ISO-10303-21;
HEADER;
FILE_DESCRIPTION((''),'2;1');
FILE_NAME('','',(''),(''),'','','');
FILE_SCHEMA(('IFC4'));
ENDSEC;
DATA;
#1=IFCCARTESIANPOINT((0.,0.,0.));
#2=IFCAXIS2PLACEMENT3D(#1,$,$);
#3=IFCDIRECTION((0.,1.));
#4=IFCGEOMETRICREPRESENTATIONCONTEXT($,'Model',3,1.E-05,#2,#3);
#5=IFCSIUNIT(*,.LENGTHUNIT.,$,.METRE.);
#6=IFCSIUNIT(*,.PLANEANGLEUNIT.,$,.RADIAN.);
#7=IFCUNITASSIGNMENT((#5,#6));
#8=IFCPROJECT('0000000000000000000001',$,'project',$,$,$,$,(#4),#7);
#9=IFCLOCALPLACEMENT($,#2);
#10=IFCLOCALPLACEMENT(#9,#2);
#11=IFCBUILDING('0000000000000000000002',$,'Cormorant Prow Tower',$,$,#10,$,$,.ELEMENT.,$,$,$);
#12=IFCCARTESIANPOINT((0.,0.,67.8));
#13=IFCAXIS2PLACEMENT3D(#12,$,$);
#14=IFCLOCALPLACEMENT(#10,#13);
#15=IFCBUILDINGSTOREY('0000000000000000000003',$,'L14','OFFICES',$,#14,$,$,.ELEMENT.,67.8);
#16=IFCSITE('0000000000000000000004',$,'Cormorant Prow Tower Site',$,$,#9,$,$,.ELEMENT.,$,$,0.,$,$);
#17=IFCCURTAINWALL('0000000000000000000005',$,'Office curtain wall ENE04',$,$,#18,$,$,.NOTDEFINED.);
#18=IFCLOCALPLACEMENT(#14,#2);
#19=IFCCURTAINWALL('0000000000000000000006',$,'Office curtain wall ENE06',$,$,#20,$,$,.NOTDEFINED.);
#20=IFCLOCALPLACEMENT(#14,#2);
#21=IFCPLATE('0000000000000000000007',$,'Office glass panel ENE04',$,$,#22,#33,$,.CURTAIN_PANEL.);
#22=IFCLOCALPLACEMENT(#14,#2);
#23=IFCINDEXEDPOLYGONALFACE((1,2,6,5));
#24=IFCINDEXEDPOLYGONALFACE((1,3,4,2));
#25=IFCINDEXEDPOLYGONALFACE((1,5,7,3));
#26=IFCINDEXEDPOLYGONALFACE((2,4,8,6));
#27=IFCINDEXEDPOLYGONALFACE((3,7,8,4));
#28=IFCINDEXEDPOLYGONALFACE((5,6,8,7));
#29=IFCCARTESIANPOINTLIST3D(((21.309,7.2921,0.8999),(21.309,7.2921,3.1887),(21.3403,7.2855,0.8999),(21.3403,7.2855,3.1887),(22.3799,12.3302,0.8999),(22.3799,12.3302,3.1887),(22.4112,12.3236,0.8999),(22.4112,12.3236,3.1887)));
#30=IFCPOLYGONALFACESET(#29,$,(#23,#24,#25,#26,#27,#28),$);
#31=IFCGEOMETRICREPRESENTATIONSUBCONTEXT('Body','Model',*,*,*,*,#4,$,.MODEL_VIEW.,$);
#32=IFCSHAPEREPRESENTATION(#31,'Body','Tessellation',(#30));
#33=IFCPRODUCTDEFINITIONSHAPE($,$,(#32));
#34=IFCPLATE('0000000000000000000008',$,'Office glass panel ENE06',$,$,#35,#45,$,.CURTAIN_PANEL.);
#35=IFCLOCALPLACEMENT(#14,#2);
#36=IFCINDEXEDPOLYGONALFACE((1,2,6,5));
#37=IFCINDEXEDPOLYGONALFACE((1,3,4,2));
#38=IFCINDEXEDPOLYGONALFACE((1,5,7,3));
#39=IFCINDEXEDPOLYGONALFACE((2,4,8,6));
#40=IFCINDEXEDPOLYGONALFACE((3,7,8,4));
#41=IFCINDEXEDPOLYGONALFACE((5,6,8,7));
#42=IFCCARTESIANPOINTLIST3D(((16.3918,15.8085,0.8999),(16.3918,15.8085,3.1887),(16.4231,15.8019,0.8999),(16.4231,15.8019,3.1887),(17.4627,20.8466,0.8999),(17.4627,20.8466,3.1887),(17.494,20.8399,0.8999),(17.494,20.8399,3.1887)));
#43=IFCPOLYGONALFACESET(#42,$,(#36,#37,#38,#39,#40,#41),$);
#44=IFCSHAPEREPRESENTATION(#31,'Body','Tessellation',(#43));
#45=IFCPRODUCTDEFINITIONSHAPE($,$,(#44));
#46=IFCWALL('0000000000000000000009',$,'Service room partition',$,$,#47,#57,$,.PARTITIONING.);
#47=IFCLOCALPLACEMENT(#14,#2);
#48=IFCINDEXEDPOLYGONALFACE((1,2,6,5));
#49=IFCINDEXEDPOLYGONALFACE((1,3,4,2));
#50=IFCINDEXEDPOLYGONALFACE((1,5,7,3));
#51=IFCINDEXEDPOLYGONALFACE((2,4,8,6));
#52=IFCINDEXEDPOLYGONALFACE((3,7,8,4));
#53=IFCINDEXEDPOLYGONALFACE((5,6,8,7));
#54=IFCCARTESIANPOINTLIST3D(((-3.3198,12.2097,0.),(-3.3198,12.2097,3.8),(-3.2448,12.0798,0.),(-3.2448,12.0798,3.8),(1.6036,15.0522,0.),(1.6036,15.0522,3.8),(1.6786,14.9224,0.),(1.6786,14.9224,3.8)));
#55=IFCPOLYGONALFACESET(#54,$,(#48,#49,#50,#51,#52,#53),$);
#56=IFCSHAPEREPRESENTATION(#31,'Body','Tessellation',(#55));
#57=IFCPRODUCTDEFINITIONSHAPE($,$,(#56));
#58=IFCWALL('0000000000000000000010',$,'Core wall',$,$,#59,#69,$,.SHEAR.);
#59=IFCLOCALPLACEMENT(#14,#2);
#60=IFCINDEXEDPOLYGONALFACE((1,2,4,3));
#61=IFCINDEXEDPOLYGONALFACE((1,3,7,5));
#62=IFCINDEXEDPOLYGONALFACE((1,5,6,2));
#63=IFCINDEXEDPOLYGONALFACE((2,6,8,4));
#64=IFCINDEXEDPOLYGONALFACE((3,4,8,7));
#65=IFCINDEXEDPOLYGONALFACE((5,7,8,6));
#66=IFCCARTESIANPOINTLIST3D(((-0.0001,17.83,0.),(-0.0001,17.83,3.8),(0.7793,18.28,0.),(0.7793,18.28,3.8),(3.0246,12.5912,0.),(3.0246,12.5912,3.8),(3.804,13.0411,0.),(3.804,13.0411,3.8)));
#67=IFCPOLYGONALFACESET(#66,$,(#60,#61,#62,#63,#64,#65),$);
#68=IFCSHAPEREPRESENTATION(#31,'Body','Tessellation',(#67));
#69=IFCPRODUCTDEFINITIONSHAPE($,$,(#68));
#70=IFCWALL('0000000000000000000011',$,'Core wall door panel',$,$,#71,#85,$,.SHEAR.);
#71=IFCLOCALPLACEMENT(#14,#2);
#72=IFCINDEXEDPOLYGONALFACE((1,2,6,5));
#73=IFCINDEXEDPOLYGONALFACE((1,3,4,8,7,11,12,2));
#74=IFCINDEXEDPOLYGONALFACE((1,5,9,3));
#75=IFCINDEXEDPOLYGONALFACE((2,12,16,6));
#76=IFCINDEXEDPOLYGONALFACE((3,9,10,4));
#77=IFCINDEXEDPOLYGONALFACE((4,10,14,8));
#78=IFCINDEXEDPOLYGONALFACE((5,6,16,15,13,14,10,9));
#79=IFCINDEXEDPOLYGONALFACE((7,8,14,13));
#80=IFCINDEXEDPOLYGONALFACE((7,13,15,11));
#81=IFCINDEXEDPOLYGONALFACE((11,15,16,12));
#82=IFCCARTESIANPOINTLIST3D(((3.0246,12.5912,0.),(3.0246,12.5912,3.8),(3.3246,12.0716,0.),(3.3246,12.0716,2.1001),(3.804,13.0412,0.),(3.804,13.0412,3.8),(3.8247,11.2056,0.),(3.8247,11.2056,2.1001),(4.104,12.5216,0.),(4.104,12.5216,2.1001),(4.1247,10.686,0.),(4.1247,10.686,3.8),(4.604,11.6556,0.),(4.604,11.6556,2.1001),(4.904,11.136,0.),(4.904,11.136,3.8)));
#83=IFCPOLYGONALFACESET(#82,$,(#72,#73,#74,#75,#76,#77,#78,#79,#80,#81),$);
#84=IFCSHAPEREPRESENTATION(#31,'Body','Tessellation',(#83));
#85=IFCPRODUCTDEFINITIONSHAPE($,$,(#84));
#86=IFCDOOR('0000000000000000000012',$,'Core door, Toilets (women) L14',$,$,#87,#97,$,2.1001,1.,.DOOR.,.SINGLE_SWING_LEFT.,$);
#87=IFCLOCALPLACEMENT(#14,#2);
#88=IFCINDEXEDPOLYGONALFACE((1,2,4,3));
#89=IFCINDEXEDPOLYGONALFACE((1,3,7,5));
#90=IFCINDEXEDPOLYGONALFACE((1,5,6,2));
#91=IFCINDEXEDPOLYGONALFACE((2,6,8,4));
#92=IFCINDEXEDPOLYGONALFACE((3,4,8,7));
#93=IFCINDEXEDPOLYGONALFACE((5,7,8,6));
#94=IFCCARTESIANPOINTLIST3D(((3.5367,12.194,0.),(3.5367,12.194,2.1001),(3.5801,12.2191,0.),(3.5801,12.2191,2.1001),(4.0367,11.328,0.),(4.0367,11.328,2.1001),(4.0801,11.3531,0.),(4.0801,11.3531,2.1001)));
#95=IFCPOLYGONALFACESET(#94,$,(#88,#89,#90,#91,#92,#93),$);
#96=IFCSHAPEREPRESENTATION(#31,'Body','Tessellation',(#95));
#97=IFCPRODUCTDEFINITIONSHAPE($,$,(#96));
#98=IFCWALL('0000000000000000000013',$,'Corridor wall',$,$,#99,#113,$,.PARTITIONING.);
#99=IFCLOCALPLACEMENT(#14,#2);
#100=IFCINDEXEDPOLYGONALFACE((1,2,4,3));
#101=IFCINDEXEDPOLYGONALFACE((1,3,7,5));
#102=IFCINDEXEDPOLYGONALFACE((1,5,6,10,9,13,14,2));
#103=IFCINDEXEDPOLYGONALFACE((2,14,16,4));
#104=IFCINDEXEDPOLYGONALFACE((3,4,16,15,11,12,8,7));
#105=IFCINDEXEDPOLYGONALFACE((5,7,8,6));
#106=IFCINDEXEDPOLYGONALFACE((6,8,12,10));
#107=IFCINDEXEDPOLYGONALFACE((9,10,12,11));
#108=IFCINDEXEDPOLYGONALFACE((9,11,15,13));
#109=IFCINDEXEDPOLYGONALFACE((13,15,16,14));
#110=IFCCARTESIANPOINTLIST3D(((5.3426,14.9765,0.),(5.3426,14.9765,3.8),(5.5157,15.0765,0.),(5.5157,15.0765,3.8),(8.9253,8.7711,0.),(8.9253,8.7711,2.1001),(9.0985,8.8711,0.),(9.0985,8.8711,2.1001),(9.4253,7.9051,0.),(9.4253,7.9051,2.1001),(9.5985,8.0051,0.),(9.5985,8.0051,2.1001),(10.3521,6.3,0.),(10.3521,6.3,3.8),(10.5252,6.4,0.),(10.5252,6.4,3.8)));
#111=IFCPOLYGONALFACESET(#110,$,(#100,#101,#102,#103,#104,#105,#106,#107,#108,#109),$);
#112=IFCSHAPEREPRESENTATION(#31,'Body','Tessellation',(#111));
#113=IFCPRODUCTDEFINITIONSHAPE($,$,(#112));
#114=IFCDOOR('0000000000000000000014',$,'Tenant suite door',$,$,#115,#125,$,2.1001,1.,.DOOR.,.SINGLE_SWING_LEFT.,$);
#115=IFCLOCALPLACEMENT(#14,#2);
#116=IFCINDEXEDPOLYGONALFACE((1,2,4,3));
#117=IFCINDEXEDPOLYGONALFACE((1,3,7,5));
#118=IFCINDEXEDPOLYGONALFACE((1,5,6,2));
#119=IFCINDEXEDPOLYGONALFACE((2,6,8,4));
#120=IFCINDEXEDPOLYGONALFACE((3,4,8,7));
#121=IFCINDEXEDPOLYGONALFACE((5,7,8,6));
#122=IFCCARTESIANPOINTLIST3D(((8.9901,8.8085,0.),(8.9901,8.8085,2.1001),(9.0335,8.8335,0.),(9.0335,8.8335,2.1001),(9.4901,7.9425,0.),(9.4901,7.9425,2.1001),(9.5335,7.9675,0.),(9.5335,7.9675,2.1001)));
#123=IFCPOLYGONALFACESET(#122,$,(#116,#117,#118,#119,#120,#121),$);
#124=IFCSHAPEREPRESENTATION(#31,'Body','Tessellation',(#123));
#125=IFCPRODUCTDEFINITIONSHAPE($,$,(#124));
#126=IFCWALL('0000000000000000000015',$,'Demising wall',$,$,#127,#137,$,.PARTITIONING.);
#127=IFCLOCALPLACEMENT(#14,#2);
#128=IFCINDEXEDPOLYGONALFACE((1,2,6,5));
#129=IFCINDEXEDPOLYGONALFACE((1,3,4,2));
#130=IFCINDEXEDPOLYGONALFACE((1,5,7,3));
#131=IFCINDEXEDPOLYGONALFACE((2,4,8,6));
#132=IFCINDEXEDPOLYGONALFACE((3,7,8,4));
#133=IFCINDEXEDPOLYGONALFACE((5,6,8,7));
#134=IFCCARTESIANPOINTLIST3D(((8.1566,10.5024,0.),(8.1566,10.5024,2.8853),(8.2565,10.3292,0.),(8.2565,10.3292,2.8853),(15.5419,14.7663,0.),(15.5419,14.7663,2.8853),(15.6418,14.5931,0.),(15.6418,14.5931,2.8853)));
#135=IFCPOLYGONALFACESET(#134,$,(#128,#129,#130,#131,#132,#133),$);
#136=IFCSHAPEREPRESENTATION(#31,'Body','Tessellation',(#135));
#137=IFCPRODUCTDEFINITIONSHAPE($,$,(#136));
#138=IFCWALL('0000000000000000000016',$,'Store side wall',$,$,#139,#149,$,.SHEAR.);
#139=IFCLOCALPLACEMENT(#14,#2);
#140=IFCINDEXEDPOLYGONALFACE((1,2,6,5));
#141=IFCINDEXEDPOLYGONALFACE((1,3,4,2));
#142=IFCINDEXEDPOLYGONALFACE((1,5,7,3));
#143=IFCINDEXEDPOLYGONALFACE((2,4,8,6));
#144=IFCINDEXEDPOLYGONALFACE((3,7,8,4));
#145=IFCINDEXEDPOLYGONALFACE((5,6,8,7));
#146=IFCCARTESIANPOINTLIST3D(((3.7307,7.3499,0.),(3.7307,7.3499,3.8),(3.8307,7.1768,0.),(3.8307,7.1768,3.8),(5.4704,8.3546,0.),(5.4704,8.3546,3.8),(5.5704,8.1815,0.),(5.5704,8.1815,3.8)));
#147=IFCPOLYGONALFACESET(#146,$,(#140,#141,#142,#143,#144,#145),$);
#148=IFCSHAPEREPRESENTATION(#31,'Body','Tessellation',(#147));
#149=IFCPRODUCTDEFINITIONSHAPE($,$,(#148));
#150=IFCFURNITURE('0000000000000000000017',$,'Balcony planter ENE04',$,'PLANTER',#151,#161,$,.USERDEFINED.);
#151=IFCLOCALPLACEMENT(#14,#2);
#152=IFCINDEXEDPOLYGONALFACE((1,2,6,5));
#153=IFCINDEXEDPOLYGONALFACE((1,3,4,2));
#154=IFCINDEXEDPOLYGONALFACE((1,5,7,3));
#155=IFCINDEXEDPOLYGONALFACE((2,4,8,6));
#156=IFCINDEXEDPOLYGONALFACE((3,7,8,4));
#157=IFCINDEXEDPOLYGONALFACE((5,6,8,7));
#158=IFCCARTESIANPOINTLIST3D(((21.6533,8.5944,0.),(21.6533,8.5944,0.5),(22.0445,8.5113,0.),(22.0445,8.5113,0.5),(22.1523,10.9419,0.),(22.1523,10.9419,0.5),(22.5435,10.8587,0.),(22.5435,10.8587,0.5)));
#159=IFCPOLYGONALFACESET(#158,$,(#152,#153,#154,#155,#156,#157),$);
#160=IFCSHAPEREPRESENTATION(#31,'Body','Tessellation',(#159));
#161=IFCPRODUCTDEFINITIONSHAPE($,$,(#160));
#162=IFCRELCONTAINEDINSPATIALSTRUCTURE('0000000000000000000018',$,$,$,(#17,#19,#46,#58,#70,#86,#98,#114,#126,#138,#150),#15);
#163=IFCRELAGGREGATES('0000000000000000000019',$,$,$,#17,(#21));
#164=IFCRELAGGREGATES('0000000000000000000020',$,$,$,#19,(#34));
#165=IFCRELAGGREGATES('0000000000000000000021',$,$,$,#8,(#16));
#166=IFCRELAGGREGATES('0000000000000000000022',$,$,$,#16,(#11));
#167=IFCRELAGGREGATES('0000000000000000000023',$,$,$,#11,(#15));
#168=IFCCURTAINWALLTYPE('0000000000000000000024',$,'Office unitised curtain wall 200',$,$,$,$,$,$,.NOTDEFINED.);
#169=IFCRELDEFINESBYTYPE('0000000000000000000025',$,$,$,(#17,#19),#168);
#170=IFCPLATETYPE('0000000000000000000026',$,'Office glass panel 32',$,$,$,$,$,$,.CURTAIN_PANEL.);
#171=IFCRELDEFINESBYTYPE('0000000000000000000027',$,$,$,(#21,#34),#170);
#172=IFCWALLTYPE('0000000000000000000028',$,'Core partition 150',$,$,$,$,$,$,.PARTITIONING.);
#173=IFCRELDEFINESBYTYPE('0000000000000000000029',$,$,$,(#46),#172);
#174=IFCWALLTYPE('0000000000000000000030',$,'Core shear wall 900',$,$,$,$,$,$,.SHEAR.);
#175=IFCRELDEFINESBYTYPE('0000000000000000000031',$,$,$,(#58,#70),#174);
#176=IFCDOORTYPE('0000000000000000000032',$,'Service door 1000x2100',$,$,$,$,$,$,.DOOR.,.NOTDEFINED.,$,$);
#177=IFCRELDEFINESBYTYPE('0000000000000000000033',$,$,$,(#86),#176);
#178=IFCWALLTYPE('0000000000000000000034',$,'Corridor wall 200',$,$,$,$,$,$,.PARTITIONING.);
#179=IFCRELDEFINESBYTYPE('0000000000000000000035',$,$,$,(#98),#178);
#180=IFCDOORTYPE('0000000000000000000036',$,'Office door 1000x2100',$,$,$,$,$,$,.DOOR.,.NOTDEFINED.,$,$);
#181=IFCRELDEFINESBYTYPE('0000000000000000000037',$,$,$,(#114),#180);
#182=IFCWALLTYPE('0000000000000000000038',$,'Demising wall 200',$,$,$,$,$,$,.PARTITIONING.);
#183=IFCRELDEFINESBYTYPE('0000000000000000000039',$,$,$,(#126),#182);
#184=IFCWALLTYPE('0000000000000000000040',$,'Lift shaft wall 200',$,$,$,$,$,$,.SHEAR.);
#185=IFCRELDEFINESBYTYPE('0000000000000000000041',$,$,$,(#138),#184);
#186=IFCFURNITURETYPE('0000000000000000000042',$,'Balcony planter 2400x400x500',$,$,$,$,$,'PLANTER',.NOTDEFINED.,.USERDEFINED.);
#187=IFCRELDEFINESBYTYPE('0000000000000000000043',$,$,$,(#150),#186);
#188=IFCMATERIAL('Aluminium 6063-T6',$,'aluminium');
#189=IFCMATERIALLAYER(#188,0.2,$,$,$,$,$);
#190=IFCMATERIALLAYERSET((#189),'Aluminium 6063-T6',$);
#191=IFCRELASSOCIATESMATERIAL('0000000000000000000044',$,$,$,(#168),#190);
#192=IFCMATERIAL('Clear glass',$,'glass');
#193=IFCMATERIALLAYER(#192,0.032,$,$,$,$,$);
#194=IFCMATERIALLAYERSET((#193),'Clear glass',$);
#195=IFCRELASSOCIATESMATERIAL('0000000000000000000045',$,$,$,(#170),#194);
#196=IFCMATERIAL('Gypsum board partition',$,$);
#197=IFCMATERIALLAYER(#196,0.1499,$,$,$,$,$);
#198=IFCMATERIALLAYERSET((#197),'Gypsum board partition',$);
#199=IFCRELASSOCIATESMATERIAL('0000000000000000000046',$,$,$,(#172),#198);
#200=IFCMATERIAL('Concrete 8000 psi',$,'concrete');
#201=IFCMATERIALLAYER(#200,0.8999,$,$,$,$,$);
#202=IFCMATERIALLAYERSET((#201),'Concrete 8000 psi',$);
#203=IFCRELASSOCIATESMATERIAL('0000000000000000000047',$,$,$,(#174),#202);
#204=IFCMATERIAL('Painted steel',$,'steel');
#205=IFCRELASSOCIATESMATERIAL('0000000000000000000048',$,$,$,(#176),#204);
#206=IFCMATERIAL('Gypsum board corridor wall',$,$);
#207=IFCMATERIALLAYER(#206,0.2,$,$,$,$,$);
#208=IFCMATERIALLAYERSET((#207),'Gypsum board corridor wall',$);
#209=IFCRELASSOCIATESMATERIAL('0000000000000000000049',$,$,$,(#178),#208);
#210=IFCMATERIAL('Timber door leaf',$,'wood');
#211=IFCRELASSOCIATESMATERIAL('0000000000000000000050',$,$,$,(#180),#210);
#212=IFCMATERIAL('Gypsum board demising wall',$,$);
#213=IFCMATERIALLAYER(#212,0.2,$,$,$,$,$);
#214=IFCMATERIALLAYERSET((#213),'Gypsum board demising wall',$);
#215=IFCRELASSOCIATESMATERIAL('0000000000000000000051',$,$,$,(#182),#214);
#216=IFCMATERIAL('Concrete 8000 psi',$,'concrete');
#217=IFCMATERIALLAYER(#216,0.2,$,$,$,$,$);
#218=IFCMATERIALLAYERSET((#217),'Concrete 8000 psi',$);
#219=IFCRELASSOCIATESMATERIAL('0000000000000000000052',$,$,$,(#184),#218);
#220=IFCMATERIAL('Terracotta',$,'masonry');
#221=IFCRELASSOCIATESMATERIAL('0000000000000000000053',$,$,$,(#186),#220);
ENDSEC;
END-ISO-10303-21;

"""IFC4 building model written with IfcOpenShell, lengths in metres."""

from ifc_helpers import new_model, si_unit, direction, frame, frame_2d, origin, origin_2d, place, context, subcontext, project, spatial, rectangle, extrude, material, layer, layer_set, type_object, element, fill, aggregate, save


model = new_model("IFC4")

# Units and contexts
model_context = context("Model", 3, precision=1e-05, world=origin(), true_north=direction((0.0, 1.0)))
body_context = subcontext(model_context, "Body", "Model", "MODEL_VIEW")
ifc_project = project(units=[si_unit("LENGTHUNIT", "METRE"), si_unit("PLANEANGLEUNIT", "RADIAN")], contexts=[model_context])

# Site, building, storey
site_placement = place(None, origin())
site = spatial("IfcSite", under=ifc_project, at=site_placement, Name="Cormorant Prow Tower Site", CompositionType="ELEMENT", RefElevation=0.0)
building_placement = place(site_placement, origin())
building = spatial("IfcBuilding", under=site, at=building_placement, Name="Cormorant Prow Tower", CompositionType="ELEMENT")
storey_placement = place(building_placement, frame((0.0, 0.0, 67.8)))
storey = spatial("IfcBuildingStorey", under=building, at=storey_placement, Name="L14", Description="OFFICES", CompositionType="ELEMENT", Elevation=67.8)

# Curtain walls
ifc_material_1 = material(Name="Aluminium 6063-T6", Category="aluminium")
ifc_layer_1 = layer(ifc_material_1, 0.2)
ifc_layer_set_1 = layer_set([ifc_layer_1], Name="Aluminium 6063-T6")
curtain_wall_type = type_object("IfcCurtainWallType", Name="Office unitised curtain wall 200", PredefinedType="NOTDEFINED", material=ifc_layer_set_1)
curtain_wall_1_placement = place(storey_placement, origin())
curtain_wall_1 = element("IfcCurtainWall", 1, at=curtain_wall_1_placement, inside=storey, type_object=curtain_wall_type, Name="Office curtain wall ENE04", PredefinedType="NOTDEFINED")
curtain_wall_2_placement = place(storey_placement, origin())
curtain_wall_2 = element("IfcCurtainWall", 2, at=curtain_wall_2_placement, inside=storey, type_object=curtain_wall_type, Name="Office curtain wall ENE06", PredefinedType="NOTDEFINED")

# Plates
ifc_material_2 = material(Name="Clear glass", Category="glass")
ifc_layer_2 = layer(ifc_material_2, 0.032)
ifc_layer_set_2 = layer_set([ifc_layer_2], Name="Clear glass")
plate_type = type_object("IfcPlateType", Name="Office glass panel 32", PredefinedType="CURTAIN_PANEL", material=ifc_layer_set_2)
plate_1_placement = place(storey_placement, frame((21.8601, 9.8079, 0.8999), z_axis=(0.0, 0.0, 1.0), x_axis=(0.207912, 0.978148, 0.0)))
plate_1 = element("IfcPlate", 3, at=plate_1_placement, type_object=plate_type, Name="Office glass panel ENE04", PredefinedType="CURTAIN_PANEL", context=body_context, shape_type="SweptSolid", body=[
    extrude(rectangle(XDim=5.1506, YDim=0.032, at=origin_2d()), origin(), (0.0, 0.0, 1.0), 2.2888),
])
aggregate(curtain_wall_1, [plate_1])
plate_2_placement = place(storey_placement, frame((16.9429, 18.3242, 0.8999), z_axis=(0.0, 0.0, 1.0), x_axis=(0.207912, 0.978148, 0.0)))
plate_2 = element("IfcPlate", 4, at=plate_2_placement, type_object=plate_type, Name="Office glass panel ENE06", PredefinedType="CURTAIN_PANEL", context=body_context, shape_type="SweptSolid", body=[
    extrude(rectangle(XDim=5.1506, YDim=0.032, at=origin_2d()), origin(), (0.0, 0.0, 1.0), 2.2888),
])
aggregate(curtain_wall_2, [plate_2])

# Walls
ifc_material_3 = material(Name="Gypsum board partition")
ifc_layer_3 = layer(ifc_material_3, 0.1499)
ifc_layer_set_3 = layer_set([ifc_layer_3], Name="Gypsum board partition")
wall_type_1 = type_object("IfcWallType", Name="Core partition 150", PredefinedType="PARTITIONING", material=ifc_layer_set_3)
wall_1_placement = place(storey_placement, frame((1.6411, 14.9873, 0.0), z_axis=(0.0, 0.0, 1.0), x_axis=(-0.866023, -0.500005, 0.0)))
element("IfcWall", 5, at=wall_1_placement, inside=storey, type_object=wall_type_1, Name="Service room partition", PredefinedType="PARTITIONING", context=body_context, shape_type="SweptSolid", body=[
    extrude(rectangle(XDim=5.6851, YDim=0.1499, at=frame_2d((2.8425, 0.0))), origin(), (0.0, 0.0, 1.0), 3.8),
])
ifc_material_4 = material(Name="Concrete 8000 psi", Category="concrete")
ifc_layer_4 = layer(ifc_material_4, 0.8999)
ifc_layer_set_4 = layer_set([ifc_layer_4], Name="Concrete 8000 psi")
wall_type_2 = type_object("IfcWallType", Name="Core shear wall 900", PredefinedType="SHEAR", material=ifc_layer_set_4)
wall_2_placement = place(storey_placement, frame((3.4143, 12.8162, 0.0), z_axis=(0.0, 0.0, 1.0), x_axis=(-0.500007, 0.866022, 0.0)))
element("IfcWall", 6, at=wall_2_placement, inside=storey, type_object=wall_type_2, Name="Core wall", PredefinedType="SHEAR", context=body_context, shape_type="SweptSolid", body=[
    extrude(rectangle(XDim=6.0493, YDim=0.8999, at=frame_2d((3.0247, 0.0))), origin(), (0.0, 0.0, 1.0), 3.8),
])

# Walls, openings, doors
wall_3_placement = place(storey_placement, frame((4.5144, 10.9109, 0.0), z_axis=(0.0, 0.0, 1.0), x_axis=(-0.50003, 0.866008, 0.0)))
wall_3 = element("IfcWall", 7, at=wall_3_placement, inside=storey, type_object=wall_type_2, Name="Core wall door panel", PredefinedType="SHEAR", context=body_context, shape_type="SweptSolid", body=[
    extrude(rectangle(XDim=2.2, YDim=0.8999, at=frame_2d((1.1001, 0.0))), origin(), (0.0, 0.0, 1.0), 3.8),
])
opening_1_placement = place(wall_3_placement, frame((0.6001, 0.0, 0.0)))
opening_1 = element("IfcOpeningElement", 8, at=opening_1_placement, cuts=wall_3, PredefinedType="OPENING", context=body_context, shape_type="SweptSolid", body=[
    extrude(rectangle(XDim=1.0, YDim=2.1001, at=frame_2d((0.5, 1.05))), frame((0.0, 0.46, 0.0), z_axis=(0.0, -1.0, 0.0), x_axis=(1.0, 0.0, 0.0)), (0.0, 0.0, 1.0), 0.9199),
])
ifc_material_5 = material(Name="Painted steel", Category="steel")
door_type_1 = type_object("IfcDoorType", Name="Service door 1000x2100", OperationType="NOTDEFINED", PredefinedType="DOOR", material=ifc_material_5)
door_1_placement = place(opening_1_placement, origin())
door_1 = element("IfcDoor", 9, at=door_1_placement, inside=storey, type_object=door_type_1, Name="Core door, Toilets (women) L14", OperationType="SINGLE_SWING_LEFT", OverallHeight=2.1001, OverallWidth=1.0, PredefinedType="DOOR", context=body_context, shape_type="SweptSolid", body=[
    extrude(rectangle(XDim=1.0, YDim=2.1001, at=frame_2d((0.5, 1.05))), frame((0.0, 0.2051, 0.0), z_axis=(0.0, -1.0, 0.0), x_axis=(1.0, 0.0, 0.0)), (0.0, 0.0, 1.0), 0.05),
])
fill(opening_1, door_1)
ifc_material_6 = material(Name="Gypsum board corridor wall")
ifc_layer_5 = layer(ifc_material_6, 0.2)
ifc_layer_set_5 = layer_set([ifc_layer_5], Name="Gypsum board corridor wall")
wall_type_3 = type_object("IfcWallType", Name="Corridor wall 200", PredefinedType="PARTITIONING", material=ifc_layer_set_5)
wall_4_placement = place(storey_placement, frame((5.4292, 15.0264, 0.0), z_axis=(0.0, 0.0, 1.0), x_axis=(0.50001, -0.86602, 0.0)))
wall_4 = element("IfcWall", 10, at=wall_4_placement, inside=storey, type_object=wall_type_3, Name="Corridor wall", PredefinedType="PARTITIONING", context=body_context, shape_type="SweptSolid", body=[
    extrude(rectangle(XDim=10.0188, YDim=0.2, at=frame_2d((5.0093, 0.0))), origin(), (0.0, 0.0, 1.0), 3.8),
])
opening_2_placement = place(wall_4_placement, frame((7.1653, 0.0, 0.0)))
opening_2 = element("IfcOpeningElement", 11, at=opening_2_placement, cuts=wall_4, PredefinedType="OPENING", context=body_context, shape_type="SweptSolid", body=[
    extrude(rectangle(XDim=1.0, YDim=2.1001, at=frame_2d((0.5, 1.05))), frame((0.0, 0.1099, 0.0), z_axis=(0.0, -1.0, 0.0), x_axis=(1.0, 0.0, 0.0)), (0.0, 0.0, 1.0), 0.22),
])
ifc_material_7 = material(Name="Timber door leaf", Category="wood")
door_type_2 = type_object("IfcDoorType", Name="Office door 1000x2100", OperationType="NOTDEFINED", PredefinedType="DOOR", material=ifc_material_7)
door_2_placement = place(opening_2_placement, origin())
door_2 = element("IfcDoor", 12, at=door_2_placement, inside=storey, type_object=door_type_2, Name="Tenant suite door", OperationType="SINGLE_SWING_LEFT", OverallHeight=2.1001, OverallWidth=1.0, PredefinedType="DOOR", context=body_context, shape_type="SweptSolid", body=[
    extrude(rectangle(XDim=1.0, YDim=2.1001, at=frame_2d((0.5, 1.05))), frame((0.0, 0.0249, 0.0), z_axis=(0.0, -1.0, 0.0), x_axis=(1.0, 0.0, 0.0)), (0.0, 0.0, 1.0), 0.05),
])
fill(opening_2, door_2)

# Walls
ifc_material_8 = material(Name="Gypsum board demising wall")
ifc_layer_6 = layer(ifc_material_8, 0.2)
ifc_layer_set_6 = layer_set([ifc_layer_6], Name="Gypsum board demising wall")
wall_type_4 = type_object("IfcWallType", Name="Demising wall 200", PredefinedType="PARTITIONING", material=ifc_layer_set_6)
wall_5_placement = place(storey_placement, frame((8.2065, 10.4158, 0.0), z_axis=(0.0, 0.0, 1.0), x_axis=(0.866023, 0.500003, 0.0)))
element("IfcWall", 13, at=wall_5_placement, inside=storey, type_object=wall_type_4, Name="Demising wall", PredefinedType="PARTITIONING", context=body_context, shape_type="SweptSolid", body=[
    extrude(rectangle(XDim=8.5278, YDim=0.2, at=frame_2d((4.2639, 0.0))), origin(), (0.0, 0.0, 1.0), 2.8853),
])
ifc_material_9 = material(Name="Concrete 8000 psi", Category="concrete")
ifc_layer_7 = layer(ifc_material_9, 0.2)
ifc_layer_set_7 = layer_set([ifc_layer_7], Name="Concrete 8000 psi")
wall_type_5 = type_object("IfcWallType", Name="Lift shaft wall 200", PredefinedType="SHEAR", material=ifc_layer_set_7)
wall_6_placement = place(storey_placement, frame((3.7808, 7.2634, 0.0), z_axis=(0.0, 0.0, 1.0), x_axis=(0.865983, 0.500073, 0.0)))
element("IfcWall", 14, at=wall_6_placement, inside=storey, type_object=wall_type_5, Name="Store side wall", PredefinedType="SHEAR", context=body_context, shape_type="SweptSolid", body=[
    extrude(rectangle(XDim=2.009, YDim=0.2, at=frame_2d((1.0044, 0.0))), origin(), (0.0, 0.0, 1.0), 3.8),
])

# Furniture
ifc_material_10 = material(Name="Terracotta", Category="masonry")
furniture_type = type_object("IfcFurnitureType", Name="Balcony planter 2400x400x500", ElementType="PLANTER", AssemblyPlace="NOTDEFINED", PredefinedType="USERDEFINED", material=ifc_material_10)
furniture_placement = place(storey_placement, frame((22.0984, 9.7266, 0.0), z_axis=(0.0, 0.0, 1.0), x_axis=(0.207912, 0.978148, 0.0)))
element("IfcFurniture", 15, at=furniture_placement, inside=storey, type_object=furniture_type, Name="Balcony planter ENE04", ObjectType="PLANTER", PredefinedType="USERDEFINED", context=body_context, shape_type="SweptSolid", body=[
    extrude(rectangle(XDim=2.3999, YDim=0.3999, at=origin_2d()), origin(), (0.0, 0.0, 1.0), 0.5),
])

save(model, "model.ifc")
